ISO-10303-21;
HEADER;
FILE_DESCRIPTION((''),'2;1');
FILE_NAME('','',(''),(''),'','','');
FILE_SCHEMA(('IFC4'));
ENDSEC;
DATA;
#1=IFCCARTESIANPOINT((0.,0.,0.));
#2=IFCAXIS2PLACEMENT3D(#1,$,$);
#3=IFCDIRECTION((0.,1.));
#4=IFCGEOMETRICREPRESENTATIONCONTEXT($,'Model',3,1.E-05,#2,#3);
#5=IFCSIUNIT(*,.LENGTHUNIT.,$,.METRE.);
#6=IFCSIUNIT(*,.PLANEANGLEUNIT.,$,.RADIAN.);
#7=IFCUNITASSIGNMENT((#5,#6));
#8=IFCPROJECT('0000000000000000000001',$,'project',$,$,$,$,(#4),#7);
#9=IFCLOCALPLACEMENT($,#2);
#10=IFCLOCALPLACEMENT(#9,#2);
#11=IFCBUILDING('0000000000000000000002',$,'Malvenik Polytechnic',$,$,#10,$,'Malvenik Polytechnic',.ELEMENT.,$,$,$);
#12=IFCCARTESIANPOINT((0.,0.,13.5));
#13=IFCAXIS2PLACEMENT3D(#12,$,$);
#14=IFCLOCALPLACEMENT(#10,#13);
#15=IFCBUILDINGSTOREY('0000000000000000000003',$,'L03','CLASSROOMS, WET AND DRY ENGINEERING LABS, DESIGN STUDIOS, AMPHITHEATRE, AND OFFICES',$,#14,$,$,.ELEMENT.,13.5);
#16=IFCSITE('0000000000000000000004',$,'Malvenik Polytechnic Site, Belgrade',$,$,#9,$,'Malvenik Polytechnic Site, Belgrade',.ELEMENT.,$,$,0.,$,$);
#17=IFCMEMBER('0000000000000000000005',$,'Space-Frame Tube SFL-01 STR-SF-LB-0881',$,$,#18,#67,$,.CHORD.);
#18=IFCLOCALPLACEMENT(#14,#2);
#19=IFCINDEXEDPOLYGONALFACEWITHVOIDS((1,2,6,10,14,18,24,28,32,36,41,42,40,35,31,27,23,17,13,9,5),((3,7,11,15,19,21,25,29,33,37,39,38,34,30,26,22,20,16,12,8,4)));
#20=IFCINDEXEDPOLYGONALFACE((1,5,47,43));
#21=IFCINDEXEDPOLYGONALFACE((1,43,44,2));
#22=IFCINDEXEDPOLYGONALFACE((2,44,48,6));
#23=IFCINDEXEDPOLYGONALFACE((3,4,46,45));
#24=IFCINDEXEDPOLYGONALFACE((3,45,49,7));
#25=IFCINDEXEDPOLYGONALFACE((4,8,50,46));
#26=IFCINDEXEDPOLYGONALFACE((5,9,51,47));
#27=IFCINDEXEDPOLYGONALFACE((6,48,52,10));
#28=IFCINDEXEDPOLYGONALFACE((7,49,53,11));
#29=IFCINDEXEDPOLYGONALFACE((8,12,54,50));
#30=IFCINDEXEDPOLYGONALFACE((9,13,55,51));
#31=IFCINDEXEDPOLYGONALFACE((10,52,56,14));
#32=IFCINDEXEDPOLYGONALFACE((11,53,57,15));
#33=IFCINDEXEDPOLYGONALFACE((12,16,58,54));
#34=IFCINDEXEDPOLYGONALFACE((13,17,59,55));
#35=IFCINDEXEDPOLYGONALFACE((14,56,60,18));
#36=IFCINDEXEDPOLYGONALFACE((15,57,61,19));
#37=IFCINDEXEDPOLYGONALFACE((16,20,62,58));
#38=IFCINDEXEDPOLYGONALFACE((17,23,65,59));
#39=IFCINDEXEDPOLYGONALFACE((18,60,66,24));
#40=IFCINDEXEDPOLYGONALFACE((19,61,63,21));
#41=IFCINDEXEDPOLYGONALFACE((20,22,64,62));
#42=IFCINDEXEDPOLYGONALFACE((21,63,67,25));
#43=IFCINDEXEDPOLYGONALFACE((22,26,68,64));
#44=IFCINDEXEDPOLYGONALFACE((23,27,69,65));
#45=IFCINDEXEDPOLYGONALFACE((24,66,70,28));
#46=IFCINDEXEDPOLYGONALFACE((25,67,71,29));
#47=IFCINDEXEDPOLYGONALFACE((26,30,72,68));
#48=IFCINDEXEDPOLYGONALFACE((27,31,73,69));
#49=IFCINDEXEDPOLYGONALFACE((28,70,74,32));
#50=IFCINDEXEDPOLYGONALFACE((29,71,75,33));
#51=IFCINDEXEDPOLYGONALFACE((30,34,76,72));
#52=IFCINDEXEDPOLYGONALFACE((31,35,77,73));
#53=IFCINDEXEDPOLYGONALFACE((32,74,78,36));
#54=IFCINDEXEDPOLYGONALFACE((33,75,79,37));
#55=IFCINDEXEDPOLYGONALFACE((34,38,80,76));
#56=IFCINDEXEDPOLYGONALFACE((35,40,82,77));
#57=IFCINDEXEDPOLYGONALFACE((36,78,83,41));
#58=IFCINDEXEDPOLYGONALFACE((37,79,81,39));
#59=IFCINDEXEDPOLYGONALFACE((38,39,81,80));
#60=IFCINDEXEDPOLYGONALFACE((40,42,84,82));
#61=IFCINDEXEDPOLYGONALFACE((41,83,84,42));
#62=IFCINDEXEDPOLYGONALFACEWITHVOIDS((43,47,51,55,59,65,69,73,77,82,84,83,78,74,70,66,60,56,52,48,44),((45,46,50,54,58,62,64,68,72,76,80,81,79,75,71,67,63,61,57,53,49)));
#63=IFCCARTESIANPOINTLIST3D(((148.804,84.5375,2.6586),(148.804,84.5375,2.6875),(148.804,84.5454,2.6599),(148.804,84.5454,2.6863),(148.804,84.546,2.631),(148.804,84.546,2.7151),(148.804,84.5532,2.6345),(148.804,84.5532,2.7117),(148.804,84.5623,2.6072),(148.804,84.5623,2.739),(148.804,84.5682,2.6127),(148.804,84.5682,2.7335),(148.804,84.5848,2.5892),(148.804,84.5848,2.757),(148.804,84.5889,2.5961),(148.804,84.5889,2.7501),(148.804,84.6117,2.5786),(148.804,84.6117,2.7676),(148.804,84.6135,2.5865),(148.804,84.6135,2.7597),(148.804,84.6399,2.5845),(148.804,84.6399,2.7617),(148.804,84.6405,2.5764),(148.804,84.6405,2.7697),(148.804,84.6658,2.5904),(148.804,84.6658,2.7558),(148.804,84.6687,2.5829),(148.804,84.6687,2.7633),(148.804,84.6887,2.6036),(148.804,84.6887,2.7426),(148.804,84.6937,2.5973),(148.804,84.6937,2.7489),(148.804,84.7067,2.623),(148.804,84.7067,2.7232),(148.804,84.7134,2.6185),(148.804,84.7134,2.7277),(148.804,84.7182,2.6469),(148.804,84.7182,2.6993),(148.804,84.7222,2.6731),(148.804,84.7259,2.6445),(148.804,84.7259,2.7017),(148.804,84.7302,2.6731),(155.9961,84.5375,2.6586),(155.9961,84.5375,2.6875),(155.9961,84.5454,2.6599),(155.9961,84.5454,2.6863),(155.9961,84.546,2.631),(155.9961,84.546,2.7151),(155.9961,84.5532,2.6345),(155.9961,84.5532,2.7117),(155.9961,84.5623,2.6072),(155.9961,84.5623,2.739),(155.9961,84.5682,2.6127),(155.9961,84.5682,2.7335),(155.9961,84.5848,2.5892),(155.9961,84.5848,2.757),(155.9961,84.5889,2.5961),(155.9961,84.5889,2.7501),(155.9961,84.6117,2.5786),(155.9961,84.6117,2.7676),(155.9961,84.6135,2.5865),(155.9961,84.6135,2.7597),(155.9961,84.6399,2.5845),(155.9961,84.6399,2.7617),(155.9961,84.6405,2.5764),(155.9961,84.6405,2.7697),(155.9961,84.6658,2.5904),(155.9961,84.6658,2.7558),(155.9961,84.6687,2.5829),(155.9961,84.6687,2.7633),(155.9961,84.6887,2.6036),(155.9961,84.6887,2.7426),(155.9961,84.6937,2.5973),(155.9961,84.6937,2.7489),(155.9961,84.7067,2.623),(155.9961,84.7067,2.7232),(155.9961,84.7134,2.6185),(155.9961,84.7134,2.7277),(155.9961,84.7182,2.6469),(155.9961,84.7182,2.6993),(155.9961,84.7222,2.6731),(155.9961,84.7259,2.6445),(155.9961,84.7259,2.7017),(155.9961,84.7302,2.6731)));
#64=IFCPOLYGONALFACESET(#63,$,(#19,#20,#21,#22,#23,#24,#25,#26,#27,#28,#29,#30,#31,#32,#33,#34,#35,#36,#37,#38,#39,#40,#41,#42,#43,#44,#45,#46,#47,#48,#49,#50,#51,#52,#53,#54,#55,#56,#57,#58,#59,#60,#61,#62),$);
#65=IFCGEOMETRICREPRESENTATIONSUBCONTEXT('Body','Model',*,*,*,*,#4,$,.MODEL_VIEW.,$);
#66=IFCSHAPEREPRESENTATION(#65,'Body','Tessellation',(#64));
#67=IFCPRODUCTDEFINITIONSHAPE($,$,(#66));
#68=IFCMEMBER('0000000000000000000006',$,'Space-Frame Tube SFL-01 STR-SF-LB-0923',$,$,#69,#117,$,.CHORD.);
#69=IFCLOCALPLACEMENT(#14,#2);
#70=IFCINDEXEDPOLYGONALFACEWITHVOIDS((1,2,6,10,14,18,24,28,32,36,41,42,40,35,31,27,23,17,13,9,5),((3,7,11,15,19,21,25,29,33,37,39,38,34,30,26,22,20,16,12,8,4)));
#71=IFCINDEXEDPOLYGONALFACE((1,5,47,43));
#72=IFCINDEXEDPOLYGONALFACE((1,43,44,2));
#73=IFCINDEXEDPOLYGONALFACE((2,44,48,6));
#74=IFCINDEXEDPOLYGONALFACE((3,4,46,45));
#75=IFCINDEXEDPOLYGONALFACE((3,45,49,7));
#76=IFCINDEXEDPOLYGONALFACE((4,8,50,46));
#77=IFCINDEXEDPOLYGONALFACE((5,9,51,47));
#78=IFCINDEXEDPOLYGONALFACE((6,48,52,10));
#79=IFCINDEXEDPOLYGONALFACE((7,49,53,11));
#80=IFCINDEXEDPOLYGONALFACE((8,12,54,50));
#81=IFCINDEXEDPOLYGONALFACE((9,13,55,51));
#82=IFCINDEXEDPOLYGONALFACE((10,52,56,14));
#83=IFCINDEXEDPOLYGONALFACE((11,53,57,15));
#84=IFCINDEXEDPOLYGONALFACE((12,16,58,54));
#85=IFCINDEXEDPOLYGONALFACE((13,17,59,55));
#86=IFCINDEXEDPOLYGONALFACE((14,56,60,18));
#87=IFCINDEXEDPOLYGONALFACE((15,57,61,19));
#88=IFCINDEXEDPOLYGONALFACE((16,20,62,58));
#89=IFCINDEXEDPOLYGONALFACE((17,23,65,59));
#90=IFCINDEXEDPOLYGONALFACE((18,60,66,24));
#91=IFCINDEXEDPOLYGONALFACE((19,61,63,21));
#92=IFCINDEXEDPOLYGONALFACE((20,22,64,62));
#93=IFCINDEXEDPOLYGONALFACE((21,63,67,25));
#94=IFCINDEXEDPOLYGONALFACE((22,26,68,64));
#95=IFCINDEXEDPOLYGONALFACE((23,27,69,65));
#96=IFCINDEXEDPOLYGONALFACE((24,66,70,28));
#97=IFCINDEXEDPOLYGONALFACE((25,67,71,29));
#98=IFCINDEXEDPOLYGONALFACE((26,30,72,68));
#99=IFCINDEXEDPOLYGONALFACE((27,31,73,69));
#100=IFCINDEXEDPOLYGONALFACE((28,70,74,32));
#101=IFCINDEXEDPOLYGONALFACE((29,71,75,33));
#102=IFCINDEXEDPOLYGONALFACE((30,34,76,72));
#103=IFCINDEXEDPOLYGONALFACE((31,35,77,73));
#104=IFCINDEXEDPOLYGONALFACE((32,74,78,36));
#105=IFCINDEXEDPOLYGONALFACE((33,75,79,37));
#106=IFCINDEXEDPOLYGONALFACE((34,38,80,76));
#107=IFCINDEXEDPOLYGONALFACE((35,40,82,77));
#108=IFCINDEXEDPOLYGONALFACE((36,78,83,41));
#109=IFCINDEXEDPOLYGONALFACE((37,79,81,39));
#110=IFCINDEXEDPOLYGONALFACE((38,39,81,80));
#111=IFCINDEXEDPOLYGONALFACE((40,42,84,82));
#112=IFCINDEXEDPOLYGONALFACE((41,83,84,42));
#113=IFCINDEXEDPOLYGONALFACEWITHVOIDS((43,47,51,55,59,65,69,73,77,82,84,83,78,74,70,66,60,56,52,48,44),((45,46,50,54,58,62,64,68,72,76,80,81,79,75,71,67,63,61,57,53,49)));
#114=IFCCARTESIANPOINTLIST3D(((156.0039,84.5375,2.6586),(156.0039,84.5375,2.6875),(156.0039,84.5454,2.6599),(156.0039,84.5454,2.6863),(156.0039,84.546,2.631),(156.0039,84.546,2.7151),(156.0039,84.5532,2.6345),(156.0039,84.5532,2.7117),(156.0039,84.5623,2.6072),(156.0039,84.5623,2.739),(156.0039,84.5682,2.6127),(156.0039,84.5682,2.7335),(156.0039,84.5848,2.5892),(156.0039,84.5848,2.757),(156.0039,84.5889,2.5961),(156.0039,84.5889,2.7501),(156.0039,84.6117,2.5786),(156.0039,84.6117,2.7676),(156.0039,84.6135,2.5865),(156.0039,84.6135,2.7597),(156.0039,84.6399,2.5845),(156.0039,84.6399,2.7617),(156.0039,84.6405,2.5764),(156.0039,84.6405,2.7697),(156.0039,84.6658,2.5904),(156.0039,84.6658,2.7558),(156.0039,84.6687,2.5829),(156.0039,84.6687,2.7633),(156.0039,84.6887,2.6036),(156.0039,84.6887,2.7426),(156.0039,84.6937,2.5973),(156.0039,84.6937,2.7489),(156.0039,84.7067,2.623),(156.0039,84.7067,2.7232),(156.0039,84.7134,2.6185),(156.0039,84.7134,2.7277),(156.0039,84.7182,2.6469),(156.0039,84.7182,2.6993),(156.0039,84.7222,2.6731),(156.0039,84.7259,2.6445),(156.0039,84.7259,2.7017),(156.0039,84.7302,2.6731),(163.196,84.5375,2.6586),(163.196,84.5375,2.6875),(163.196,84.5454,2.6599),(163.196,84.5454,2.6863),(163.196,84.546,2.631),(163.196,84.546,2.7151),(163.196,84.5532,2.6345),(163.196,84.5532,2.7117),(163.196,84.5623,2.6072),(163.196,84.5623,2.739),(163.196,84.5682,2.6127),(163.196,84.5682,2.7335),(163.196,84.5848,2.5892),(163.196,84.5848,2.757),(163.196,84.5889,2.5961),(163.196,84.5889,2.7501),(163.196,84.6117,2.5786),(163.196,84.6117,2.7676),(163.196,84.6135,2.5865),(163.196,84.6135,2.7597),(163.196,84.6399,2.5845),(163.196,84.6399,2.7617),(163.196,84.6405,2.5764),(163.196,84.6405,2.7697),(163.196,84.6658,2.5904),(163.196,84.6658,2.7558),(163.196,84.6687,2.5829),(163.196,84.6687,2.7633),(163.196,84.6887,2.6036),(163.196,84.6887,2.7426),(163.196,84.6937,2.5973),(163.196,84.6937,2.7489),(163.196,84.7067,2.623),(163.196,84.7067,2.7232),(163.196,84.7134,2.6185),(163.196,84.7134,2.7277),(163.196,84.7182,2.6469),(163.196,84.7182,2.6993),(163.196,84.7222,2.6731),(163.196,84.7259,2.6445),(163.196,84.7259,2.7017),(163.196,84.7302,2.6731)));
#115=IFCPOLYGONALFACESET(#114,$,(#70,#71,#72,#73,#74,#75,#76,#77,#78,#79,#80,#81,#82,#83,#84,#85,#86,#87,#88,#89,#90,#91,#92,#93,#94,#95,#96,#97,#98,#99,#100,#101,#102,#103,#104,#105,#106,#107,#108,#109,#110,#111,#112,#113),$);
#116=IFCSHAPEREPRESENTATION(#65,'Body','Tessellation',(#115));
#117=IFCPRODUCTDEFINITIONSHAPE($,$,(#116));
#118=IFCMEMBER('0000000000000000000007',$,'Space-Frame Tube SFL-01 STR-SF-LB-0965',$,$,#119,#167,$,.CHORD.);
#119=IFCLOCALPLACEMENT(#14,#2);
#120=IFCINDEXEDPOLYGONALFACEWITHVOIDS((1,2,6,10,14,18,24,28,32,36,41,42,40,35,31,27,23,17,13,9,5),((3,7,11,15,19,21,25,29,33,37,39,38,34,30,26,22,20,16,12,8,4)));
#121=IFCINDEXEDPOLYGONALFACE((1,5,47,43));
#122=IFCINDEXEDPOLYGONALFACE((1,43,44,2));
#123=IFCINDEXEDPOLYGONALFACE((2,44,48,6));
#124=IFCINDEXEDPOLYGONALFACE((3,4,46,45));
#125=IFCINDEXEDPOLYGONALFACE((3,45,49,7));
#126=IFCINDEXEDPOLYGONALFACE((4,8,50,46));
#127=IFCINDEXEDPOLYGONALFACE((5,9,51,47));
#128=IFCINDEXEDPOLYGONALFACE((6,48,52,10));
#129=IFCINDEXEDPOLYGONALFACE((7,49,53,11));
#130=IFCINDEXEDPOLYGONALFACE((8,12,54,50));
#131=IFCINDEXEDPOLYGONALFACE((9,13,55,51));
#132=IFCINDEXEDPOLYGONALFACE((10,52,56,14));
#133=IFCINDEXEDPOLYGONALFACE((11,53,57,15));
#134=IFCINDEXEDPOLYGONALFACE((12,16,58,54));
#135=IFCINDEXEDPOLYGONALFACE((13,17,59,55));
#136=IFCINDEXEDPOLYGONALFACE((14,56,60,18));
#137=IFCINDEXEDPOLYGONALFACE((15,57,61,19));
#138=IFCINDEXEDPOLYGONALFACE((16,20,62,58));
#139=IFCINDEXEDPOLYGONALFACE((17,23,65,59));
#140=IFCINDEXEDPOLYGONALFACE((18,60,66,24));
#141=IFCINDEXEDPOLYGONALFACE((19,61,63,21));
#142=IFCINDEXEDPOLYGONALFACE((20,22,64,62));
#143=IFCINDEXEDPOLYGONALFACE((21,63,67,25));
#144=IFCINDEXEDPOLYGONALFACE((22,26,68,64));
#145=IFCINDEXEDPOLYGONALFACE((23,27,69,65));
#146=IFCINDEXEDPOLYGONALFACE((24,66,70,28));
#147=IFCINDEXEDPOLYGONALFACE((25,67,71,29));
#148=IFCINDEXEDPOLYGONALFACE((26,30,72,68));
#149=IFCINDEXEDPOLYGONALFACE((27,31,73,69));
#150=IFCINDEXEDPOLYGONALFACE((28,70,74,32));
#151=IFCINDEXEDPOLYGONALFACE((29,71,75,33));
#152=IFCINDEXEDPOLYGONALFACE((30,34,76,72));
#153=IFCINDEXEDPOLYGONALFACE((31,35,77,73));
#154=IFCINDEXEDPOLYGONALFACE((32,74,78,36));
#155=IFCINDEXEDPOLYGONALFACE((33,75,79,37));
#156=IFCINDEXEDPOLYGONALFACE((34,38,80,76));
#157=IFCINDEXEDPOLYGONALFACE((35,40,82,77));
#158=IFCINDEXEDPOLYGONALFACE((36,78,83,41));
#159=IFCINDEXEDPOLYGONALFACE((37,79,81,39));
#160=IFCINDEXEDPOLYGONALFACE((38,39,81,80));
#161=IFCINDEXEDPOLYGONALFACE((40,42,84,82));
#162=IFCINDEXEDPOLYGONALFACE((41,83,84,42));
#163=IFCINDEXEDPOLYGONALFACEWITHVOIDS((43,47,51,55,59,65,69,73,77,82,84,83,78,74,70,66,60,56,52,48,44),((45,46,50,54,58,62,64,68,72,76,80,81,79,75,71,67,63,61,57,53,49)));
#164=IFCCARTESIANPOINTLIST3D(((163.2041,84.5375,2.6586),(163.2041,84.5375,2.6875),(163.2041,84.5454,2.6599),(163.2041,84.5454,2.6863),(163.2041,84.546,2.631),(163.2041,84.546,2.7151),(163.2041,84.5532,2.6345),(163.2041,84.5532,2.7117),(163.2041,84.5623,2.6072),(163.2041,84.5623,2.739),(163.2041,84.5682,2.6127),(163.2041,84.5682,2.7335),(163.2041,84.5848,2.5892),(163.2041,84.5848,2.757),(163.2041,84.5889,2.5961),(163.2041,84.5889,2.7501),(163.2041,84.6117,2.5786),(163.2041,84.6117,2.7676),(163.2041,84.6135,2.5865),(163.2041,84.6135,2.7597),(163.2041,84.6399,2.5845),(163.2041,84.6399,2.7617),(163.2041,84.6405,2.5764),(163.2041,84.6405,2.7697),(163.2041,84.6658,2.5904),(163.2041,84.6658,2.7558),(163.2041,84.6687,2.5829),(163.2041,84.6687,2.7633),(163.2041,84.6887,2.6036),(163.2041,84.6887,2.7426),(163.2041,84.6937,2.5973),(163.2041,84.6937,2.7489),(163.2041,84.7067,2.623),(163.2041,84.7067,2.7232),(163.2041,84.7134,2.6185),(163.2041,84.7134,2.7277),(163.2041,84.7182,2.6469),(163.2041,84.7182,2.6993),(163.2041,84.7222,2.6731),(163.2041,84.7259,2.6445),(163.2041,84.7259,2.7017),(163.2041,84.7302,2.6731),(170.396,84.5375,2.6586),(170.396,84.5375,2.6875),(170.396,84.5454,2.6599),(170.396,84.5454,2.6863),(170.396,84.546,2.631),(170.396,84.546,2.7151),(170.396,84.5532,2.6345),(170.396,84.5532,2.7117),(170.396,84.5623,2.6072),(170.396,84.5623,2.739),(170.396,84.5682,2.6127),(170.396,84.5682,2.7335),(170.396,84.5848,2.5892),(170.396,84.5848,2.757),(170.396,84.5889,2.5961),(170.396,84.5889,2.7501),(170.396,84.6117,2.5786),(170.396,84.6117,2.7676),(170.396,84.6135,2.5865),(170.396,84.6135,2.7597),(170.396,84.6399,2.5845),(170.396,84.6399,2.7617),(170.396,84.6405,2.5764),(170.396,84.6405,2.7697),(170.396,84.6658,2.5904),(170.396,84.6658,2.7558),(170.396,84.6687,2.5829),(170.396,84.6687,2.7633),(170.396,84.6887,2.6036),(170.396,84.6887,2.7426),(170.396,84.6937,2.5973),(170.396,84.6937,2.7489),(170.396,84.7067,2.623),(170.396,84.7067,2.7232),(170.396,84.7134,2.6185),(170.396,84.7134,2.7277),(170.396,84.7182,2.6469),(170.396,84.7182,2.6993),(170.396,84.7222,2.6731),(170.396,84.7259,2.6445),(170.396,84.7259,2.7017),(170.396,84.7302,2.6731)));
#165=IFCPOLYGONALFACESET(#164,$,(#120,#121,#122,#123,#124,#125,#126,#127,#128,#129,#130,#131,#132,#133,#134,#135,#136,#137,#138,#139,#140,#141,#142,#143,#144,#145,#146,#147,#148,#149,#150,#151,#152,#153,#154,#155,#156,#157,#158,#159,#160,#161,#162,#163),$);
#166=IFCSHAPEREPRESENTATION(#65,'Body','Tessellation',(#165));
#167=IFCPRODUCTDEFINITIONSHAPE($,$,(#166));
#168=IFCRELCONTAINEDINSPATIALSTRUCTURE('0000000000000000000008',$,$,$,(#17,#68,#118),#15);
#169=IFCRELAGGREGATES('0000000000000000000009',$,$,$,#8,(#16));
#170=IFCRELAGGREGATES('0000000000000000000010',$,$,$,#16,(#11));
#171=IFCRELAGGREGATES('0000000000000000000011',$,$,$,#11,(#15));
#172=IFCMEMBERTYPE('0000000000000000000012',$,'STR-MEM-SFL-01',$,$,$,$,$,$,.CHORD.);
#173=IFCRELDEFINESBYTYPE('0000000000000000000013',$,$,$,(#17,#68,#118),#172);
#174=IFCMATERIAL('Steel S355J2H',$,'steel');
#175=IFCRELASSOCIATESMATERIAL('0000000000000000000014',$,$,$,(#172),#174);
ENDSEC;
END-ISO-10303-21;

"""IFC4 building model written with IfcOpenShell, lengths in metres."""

from ifc_helpers import new_model, si_unit, direction, frame, origin, origin_2d, place, context, subcontext, project, spatial, hollow_circle, extrude, material, material_profile, profile_set, type_object, element, save


model = new_model("IFC4")

# Units and contexts
model_context = context("Model", 3, precision=1e-05, world=origin(), true_north=direction((0.0, 1.0)))
body_context = subcontext(model_context, "Body", "Model", "MODEL_VIEW")
ifc_project = project(units=[si_unit("LENGTHUNIT", "METRE"), si_unit("PLANEANGLEUNIT", "RADIAN")], contexts=[model_context])

# Site, building, storey
site_placement = place(None, origin())
site = spatial("IfcSite", under=ifc_project, at=site_placement, Name="Malvenik Polytechnic Site, Belgrade", LongName="Malvenik Polytechnic Site, Belgrade", CompositionType="ELEMENT", RefElevation=0.0)
building_placement = place(site_placement, origin())
building = spatial("IfcBuilding", under=site, at=building_placement, Name="Malvenik Polytechnic", LongName="Malvenik Polytechnic", CompositionType="ELEMENT")
storey_placement = place(building_placement, frame((0.0, 0.0, 13.5)))
storey = spatial("IfcBuildingStorey", under=building, at=storey_placement, Name="L03", Description="CLASSROOMS, WET AND DRY ENGINEERING LABS, DESIGN STUDIOS, AMPHITHEATRE, AND OFFICES", CompositionType="ELEMENT", Elevation=13.5)

# Members
ifc_material = material(Name="Steel S355J2H", Category="steel")
ifc_material_profile_1 = material_profile(ifc_material, hollow_circle(Radius=0.0969, WallThickness=0.0081, at=origin_2d()), Name="CHS 193.7x8.0")
ifc_profile_set_1 = profile_set([ifc_material_profile_1], Name="Steel S355J2H")
member_type_1 = type_object("IfcMemberType", Name="STR-MEM-SFL-01", PredefinedType="CHORD", material=ifc_profile_set_1)
for number, where, z_axis, x_axis, name in (
    (1, (148.804, 84.6333, 2.6731), (1.0, 0.0, 0.0), (0.0, 1.0, 0.0), "Space-Frame Tube SFL-01 STR-SF-LB-0881"),
    (2, (156.0039, 84.6333, 2.6731), (1.0, 0.0, 0.0), (0.0, 1.0, 0.0), "Space-Frame Tube SFL-01 STR-SF-LB-0923"),
):
    element("IfcMember", number, at=place(storey_placement, frame(where, z_axis=z_axis, x_axis=x_axis)), inside=storey, type_object=member_type_1, Name=name, PredefinedType="CHORD", context=body_context, shape_type="SweptSolid", body=[
        extrude(hollow_circle(Radius=0.0969, WallThickness=0.0081, at=origin_2d()), origin(), (0.0, 0.0, 1.0), 7.1921),
    ])
for number, where, z_axis, x_axis, name in (
    (3, (163.2041, 84.6333, 2.6731), (1.0, 0.0, 0.0), (0.0, 1.0, 0.0), "Space-Frame Tube SFL-01 STR-SF-LB-0965"),
):
    element("IfcMember", number, at=place(storey_placement, frame(where, z_axis=z_axis, x_axis=x_axis)), inside=storey, type_object=member_type_1, Name=name, PredefinedType="CHORD", context=body_context, shape_type="SweptSolid", body=[
        extrude(hollow_circle(Radius=0.0969, WallThickness=0.0081, at=origin_2d()), origin(), (0.0, 0.0, 1.0), 7.1919),
    ])

save(model, "model.ifc")
